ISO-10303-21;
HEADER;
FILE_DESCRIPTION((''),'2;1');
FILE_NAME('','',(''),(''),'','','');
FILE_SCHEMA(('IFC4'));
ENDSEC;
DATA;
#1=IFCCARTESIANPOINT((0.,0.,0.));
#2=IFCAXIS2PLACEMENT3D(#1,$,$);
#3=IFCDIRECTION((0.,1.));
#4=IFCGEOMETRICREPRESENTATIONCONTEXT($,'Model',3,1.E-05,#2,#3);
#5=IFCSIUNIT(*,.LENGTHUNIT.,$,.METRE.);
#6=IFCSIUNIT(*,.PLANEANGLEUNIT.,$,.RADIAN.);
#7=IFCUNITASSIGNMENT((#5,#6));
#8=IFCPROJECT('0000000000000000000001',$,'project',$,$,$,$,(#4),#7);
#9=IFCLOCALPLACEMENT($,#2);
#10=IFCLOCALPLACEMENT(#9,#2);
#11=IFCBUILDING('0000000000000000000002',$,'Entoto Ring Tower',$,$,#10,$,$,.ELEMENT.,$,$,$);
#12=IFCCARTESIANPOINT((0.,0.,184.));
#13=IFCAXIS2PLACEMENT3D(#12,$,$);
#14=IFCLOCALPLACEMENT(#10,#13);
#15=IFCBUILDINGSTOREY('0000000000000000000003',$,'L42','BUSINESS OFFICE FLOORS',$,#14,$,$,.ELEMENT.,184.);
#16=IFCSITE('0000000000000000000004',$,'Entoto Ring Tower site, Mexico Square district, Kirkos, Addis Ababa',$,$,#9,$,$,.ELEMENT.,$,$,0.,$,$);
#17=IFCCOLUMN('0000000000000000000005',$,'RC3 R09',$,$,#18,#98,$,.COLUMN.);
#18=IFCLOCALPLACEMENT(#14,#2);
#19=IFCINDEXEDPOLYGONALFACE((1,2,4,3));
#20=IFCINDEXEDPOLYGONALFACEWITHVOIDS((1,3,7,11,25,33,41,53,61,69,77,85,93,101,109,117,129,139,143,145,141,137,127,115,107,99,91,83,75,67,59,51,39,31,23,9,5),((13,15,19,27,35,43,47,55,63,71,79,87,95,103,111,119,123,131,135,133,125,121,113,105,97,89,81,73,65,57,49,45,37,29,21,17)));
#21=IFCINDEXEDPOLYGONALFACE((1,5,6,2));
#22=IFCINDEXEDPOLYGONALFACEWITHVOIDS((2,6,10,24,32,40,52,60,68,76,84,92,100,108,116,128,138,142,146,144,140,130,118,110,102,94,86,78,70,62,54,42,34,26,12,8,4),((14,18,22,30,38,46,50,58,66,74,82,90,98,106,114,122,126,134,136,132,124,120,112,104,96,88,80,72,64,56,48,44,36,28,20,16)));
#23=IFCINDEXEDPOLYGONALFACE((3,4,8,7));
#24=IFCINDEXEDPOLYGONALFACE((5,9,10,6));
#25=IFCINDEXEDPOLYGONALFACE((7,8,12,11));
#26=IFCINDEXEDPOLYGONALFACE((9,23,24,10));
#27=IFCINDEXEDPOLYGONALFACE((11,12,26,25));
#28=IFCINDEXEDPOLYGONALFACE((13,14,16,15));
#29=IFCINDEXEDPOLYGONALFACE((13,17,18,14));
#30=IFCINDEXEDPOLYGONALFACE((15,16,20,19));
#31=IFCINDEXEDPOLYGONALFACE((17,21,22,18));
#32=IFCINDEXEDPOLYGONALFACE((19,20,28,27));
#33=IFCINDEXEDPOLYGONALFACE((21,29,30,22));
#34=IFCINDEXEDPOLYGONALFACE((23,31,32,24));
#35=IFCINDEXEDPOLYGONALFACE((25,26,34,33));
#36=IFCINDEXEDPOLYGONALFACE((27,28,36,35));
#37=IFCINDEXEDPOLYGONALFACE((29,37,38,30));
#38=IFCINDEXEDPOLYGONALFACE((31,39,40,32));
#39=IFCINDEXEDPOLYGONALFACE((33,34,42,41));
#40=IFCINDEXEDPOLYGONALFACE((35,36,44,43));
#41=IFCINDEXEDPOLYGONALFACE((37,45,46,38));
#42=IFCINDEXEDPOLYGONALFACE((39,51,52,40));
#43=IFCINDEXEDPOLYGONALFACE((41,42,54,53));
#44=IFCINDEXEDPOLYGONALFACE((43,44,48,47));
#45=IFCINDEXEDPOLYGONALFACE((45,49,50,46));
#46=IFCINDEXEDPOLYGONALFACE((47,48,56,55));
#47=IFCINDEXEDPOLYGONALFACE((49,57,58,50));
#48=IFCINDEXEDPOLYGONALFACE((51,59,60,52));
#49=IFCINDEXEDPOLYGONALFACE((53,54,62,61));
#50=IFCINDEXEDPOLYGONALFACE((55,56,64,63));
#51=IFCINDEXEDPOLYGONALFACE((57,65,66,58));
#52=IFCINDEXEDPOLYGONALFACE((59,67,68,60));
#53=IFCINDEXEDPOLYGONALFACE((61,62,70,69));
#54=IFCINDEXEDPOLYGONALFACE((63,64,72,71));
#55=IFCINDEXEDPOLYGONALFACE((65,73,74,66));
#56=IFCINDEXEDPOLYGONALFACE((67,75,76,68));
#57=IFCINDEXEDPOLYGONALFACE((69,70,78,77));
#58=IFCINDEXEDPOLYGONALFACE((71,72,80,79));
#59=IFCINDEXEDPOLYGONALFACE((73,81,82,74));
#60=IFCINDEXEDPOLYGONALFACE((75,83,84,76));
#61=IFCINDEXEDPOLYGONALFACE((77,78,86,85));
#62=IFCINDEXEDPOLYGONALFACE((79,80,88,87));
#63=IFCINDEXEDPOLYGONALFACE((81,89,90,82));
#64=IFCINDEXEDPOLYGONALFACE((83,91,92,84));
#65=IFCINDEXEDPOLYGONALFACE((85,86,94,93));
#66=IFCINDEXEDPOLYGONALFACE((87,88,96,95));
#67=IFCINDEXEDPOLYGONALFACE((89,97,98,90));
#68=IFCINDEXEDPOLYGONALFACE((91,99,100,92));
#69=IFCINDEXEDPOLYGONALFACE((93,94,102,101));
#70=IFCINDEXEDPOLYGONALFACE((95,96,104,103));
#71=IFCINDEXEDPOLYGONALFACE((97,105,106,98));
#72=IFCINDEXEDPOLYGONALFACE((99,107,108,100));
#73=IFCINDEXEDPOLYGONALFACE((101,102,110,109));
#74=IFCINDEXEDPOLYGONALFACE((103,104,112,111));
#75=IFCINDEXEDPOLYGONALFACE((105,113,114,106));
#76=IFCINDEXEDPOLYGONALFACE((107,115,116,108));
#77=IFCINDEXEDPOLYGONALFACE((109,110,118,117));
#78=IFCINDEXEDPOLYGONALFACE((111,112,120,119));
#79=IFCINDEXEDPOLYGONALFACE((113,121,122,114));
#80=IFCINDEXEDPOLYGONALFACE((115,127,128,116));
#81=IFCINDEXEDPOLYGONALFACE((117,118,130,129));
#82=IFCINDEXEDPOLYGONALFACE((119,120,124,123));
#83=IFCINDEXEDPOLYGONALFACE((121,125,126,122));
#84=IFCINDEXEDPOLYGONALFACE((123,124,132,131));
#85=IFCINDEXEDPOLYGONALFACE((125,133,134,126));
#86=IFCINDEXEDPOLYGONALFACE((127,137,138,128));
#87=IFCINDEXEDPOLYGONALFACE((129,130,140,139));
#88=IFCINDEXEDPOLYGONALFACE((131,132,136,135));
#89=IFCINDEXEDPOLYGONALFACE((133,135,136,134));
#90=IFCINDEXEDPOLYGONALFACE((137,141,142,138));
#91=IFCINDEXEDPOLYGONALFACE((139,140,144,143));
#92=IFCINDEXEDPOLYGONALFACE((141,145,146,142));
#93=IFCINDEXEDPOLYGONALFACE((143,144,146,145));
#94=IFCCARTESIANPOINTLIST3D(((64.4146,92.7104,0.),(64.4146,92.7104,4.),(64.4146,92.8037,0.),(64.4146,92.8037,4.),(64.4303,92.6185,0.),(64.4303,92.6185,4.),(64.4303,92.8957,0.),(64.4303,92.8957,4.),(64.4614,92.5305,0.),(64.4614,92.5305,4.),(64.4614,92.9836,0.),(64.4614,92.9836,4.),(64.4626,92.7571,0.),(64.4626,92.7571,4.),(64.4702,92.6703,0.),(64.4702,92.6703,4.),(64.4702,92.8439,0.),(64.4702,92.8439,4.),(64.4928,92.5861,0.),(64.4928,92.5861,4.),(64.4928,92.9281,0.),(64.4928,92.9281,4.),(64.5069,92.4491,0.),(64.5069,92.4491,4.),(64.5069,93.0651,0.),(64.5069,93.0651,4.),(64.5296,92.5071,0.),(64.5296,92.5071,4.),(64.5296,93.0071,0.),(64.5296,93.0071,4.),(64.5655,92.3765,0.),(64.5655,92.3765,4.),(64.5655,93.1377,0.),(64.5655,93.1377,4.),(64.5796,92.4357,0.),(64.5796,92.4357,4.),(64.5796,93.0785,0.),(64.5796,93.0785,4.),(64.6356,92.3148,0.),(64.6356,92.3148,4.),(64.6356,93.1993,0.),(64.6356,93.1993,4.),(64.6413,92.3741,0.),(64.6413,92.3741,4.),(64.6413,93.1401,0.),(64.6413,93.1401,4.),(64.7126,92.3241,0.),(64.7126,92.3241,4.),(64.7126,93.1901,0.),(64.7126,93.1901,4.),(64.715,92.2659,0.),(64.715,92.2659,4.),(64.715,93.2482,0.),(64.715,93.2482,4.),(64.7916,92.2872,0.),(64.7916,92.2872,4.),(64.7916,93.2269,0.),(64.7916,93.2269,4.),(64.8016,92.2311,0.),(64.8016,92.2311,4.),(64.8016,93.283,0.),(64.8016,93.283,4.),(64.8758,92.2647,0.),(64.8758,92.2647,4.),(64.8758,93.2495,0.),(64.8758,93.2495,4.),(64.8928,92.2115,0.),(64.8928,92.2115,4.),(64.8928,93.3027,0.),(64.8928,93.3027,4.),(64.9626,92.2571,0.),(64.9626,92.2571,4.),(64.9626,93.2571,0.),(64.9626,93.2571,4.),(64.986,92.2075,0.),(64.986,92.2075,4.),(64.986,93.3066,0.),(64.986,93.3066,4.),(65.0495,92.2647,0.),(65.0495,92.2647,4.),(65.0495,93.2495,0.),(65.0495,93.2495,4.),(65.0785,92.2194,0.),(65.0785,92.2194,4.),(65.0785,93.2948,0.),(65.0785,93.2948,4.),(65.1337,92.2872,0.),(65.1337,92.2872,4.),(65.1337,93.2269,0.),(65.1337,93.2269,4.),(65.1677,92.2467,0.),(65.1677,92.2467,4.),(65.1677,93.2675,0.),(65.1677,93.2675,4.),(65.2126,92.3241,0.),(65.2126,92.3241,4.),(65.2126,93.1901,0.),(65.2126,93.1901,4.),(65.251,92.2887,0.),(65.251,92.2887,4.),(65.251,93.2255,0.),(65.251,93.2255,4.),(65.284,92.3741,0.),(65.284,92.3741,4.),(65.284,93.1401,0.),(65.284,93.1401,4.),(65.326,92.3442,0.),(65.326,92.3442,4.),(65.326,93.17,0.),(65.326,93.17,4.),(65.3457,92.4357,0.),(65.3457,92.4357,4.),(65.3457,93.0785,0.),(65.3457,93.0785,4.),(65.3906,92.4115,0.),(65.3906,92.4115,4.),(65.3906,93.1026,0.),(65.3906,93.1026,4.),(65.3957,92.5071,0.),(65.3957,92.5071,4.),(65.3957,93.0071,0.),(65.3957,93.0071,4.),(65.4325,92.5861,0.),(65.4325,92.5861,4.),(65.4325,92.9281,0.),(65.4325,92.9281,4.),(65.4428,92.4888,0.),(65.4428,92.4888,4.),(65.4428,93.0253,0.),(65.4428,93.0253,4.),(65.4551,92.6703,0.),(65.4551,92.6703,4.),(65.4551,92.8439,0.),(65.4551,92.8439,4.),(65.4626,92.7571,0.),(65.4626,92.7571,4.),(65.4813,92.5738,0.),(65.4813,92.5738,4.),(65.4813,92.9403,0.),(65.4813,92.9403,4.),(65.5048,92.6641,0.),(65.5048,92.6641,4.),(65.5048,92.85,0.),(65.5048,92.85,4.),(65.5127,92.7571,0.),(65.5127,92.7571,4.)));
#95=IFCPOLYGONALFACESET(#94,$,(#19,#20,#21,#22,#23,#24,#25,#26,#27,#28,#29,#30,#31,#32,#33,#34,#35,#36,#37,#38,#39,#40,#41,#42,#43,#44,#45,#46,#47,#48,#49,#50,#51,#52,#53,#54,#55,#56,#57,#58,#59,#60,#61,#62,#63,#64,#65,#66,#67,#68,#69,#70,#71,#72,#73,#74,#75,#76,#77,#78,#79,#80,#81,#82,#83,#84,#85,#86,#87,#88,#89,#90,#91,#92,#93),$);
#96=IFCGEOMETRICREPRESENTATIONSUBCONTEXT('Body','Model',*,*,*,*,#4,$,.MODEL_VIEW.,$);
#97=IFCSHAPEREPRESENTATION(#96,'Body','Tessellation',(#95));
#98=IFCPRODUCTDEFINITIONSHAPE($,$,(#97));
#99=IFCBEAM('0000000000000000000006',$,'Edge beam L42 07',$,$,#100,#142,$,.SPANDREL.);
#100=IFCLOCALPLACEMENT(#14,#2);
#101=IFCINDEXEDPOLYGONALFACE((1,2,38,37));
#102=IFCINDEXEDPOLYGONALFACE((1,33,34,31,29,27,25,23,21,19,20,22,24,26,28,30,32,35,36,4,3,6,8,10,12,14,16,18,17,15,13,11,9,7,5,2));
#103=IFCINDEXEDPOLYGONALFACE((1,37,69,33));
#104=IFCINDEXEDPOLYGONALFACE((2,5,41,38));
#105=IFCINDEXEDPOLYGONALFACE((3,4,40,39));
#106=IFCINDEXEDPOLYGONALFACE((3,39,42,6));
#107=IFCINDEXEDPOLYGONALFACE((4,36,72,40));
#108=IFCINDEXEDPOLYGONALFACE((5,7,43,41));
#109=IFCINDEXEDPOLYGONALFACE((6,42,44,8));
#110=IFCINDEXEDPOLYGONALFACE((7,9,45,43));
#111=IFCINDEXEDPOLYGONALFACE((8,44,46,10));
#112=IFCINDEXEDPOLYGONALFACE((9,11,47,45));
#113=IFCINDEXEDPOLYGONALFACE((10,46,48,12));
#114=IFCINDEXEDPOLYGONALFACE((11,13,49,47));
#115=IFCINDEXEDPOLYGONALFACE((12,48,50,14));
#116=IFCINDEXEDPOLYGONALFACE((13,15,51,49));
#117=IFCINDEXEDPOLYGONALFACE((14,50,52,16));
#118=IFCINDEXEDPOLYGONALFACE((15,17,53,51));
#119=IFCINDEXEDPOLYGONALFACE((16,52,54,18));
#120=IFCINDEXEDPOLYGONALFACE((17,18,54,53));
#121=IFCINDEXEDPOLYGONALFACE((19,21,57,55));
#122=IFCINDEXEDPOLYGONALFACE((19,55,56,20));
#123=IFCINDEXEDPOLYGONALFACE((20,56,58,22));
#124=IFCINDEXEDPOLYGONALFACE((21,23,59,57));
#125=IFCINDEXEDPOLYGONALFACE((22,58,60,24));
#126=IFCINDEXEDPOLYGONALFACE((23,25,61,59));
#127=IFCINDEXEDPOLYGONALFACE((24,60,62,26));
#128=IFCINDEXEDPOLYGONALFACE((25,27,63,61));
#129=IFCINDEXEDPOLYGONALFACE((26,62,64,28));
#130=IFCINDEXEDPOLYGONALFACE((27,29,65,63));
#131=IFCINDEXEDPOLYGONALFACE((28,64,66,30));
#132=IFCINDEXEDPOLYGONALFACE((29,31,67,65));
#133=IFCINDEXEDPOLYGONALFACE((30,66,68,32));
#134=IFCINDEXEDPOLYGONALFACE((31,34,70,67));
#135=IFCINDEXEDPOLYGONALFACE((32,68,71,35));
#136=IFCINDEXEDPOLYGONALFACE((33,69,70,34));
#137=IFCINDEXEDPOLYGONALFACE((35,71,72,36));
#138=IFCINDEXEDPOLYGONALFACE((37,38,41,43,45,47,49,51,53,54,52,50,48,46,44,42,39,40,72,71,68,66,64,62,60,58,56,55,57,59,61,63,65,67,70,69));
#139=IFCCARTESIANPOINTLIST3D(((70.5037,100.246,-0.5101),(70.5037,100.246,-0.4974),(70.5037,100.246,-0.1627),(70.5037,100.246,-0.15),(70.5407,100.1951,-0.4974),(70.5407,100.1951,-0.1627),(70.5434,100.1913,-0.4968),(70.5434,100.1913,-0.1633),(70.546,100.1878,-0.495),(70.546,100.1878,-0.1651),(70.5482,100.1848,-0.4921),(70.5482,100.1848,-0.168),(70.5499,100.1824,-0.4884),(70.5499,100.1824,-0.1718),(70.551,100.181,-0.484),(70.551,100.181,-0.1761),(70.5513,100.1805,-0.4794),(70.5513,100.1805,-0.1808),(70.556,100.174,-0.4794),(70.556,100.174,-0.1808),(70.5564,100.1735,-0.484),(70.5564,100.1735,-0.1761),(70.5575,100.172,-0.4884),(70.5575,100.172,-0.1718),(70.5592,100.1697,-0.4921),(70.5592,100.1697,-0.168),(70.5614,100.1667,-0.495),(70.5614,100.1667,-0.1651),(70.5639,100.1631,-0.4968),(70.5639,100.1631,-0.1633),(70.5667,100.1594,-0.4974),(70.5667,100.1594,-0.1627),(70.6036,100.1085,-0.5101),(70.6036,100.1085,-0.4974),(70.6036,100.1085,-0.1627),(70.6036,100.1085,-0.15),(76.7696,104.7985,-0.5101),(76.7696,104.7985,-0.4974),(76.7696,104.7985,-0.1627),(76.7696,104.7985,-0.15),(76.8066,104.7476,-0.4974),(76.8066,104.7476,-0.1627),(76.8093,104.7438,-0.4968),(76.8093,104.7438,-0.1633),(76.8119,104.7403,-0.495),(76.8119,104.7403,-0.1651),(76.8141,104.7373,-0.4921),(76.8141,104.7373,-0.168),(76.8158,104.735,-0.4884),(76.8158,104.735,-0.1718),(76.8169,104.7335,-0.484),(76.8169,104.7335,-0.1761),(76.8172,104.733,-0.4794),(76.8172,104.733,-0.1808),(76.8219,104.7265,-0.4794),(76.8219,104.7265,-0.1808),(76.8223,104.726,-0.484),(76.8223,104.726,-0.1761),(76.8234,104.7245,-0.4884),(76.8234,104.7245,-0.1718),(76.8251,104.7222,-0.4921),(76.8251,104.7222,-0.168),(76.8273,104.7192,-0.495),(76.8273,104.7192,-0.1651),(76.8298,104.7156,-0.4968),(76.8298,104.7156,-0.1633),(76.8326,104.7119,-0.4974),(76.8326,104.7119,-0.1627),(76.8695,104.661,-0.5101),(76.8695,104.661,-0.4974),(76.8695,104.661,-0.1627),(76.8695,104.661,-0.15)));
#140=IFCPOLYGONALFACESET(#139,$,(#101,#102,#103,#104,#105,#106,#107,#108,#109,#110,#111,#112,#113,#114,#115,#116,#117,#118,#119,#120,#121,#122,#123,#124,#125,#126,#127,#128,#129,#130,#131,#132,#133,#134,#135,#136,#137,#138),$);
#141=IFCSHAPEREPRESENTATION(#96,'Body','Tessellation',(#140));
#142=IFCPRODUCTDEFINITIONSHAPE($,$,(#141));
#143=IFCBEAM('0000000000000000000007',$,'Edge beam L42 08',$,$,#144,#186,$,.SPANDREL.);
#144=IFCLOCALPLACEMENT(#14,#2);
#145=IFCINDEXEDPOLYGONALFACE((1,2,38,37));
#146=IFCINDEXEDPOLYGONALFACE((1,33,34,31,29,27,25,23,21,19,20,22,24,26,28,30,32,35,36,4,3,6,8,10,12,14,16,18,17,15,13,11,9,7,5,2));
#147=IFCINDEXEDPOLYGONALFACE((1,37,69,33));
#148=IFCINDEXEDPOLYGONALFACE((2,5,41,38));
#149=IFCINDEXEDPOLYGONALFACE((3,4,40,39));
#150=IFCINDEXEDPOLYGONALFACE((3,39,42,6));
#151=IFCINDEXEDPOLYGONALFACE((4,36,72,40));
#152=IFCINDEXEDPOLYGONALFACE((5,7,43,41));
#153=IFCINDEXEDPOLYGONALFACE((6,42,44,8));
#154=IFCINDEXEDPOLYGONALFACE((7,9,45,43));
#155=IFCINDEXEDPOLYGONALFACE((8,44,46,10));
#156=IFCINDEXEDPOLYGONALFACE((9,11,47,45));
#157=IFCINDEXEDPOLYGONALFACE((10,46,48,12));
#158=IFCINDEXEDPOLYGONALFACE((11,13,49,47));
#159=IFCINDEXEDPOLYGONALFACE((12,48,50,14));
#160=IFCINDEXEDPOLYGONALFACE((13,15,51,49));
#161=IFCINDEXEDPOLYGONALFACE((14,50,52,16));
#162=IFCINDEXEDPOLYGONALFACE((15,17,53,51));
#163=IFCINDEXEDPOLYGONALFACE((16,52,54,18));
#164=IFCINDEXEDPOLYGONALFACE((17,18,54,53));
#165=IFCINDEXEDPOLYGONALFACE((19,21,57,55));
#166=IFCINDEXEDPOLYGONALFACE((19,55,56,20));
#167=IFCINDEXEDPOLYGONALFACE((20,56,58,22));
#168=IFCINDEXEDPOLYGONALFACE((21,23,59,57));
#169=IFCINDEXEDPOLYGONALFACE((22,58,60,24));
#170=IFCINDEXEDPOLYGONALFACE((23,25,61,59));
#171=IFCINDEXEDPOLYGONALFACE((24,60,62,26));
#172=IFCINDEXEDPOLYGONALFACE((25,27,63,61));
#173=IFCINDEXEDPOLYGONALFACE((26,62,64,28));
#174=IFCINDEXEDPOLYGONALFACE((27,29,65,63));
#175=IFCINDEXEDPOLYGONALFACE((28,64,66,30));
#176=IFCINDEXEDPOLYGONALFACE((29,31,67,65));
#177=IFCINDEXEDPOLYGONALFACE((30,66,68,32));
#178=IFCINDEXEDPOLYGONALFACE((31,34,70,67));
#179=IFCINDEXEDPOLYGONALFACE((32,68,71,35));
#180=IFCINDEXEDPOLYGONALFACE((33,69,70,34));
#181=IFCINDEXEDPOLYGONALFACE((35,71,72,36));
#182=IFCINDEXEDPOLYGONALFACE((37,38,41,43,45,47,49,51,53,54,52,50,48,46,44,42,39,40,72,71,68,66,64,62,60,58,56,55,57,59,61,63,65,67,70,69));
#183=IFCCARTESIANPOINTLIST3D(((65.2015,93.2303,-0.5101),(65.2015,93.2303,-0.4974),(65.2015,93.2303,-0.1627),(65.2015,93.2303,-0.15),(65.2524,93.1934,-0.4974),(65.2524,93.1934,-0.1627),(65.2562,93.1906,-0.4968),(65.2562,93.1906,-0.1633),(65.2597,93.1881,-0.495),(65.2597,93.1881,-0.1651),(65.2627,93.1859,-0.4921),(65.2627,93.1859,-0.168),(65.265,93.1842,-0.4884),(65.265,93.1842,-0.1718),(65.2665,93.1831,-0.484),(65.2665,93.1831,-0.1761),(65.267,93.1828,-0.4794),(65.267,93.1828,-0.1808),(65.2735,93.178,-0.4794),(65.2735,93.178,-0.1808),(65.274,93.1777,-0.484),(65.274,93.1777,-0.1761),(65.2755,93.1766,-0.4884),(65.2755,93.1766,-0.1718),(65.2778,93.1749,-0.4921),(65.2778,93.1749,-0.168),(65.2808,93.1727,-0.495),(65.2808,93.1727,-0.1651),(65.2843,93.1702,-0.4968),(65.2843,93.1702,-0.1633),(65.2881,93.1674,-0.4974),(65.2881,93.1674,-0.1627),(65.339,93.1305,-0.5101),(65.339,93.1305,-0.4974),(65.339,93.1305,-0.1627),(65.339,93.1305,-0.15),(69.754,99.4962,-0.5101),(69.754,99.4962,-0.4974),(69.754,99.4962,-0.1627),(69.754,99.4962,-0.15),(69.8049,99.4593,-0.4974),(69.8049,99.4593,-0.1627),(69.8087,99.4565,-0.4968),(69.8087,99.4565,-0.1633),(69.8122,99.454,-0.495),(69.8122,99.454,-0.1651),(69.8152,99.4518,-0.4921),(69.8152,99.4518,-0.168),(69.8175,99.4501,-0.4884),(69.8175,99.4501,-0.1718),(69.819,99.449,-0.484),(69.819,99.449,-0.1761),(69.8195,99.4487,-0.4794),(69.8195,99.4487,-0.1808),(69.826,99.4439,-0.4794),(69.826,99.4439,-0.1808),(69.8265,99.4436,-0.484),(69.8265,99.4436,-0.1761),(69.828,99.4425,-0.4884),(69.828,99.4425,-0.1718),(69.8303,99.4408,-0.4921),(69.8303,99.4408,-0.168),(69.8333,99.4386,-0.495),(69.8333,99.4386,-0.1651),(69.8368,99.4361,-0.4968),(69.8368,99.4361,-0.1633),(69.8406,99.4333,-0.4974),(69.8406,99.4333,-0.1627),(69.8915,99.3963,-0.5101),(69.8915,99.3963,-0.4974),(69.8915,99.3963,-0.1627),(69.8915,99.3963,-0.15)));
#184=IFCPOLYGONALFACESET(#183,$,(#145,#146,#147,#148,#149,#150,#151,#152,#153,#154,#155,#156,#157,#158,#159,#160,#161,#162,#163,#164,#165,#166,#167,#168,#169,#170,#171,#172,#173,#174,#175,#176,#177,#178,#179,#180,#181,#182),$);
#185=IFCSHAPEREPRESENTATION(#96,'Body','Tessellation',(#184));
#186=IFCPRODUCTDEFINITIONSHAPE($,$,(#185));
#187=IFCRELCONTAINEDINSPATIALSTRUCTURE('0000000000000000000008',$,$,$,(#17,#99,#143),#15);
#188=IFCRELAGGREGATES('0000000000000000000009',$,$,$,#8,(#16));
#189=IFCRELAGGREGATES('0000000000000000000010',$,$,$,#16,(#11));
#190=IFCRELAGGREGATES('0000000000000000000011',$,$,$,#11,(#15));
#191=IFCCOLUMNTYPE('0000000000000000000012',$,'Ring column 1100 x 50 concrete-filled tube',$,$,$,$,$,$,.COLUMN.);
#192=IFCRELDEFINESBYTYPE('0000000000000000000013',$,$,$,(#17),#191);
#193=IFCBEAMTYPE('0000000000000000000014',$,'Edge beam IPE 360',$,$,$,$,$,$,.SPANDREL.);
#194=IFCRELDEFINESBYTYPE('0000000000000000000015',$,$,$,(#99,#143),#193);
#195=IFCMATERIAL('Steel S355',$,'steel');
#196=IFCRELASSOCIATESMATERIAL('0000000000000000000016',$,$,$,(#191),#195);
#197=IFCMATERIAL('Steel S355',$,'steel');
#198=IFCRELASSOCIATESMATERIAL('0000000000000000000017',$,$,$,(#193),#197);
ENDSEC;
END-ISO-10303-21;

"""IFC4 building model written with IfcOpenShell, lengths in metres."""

from ifc_helpers import new_model, si_unit, direction, frame, origin, origin_2d, place, context, subcontext, project, spatial, circle, hollow_circle, i_section, extrude, material, material_profile, profile_set, type_object, element, save


model = new_model("IFC4")

# Units and contexts
model_context = context("Model", 3, precision=1e-05, world=origin(), true_north=direction((0.0, 1.0)))
body_context = subcontext(model_context, "Body", "Model", "MODEL_VIEW")
ifc_project = project(units=[si_unit("LENGTHUNIT", "METRE"), si_unit("PLANEANGLEUNIT", "RADIAN")], contexts=[model_context])

# Site, building, storey
site_placement = place(None, origin())
site = spatial("IfcSite", under=ifc_project, at=site_placement, Name="Entoto Ring Tower site, Mexico Square district, Kirkos, Addis Ababa", CompositionType="ELEMENT", RefElevation=0.0)
building_placement = place(site_placement, origin())
building = spatial("IfcBuilding", under=site, at=building_placement, Name="Entoto Ring Tower", CompositionType="ELEMENT")
storey_placement = place(building_placement, frame((0.0, 0.0, 184.0)))
storey = spatial("IfcBuildingStorey", under=building, at=storey_placement, Name="L42", Description="BUSINESS OFFICE FLOORS", CompositionType="ELEMENT", Elevation=184.0)

# Column
ifc_material_1 = material(Name="Steel S355", Category="steel")
ifc_material_profile_1 = material_profile(ifc_material_1, hollow_circle(Radius=0.55, WallThickness=0.05, at=origin_2d()), Name="CHS 1100 x 50")
ifc_material_2 = material(Name="Concrete C60/75", Category="concrete")
ifc_material_profile_2 = material_profile(ifc_material_2, circle(Radius=0.5, at=origin_2d()), Name="Concrete C60/75 infill")
ifc_profile_set_1 = profile_set([ifc_material_profile_1, ifc_material_profile_2], Name="Steel S355")
column_type = type_object("IfcColumnType", Name="Ring column 1100 x 50 concrete-filled tube", PredefinedType="COLUMN", material=ifc_profile_set_1)
for number, where, z_axis, x_axis, name in (
    (1, (64.9626, 92.7571, 0.0), (0.0, 0.0, 1.0), (1.0, 0.0, 0.0), "RC3 R09"),
):
    element("IfcColumn", number, at=place(storey_placement, frame(where, z_axis=z_axis, x_axis=x_axis)), inside=storey, type_object=column_type, Name=name, PredefinedType="COLUMN", context=body_context, shape_type="SweptSolid", body=[
        extrude(hollow_circle(Radius=0.55, WallThickness=0.05, at=origin_2d()), origin(), (0.0, 0.0, 1.0), 4.0),
    ])

# Beams
ifc_material_3 = material(Name="Steel S355", Category="steel")
ifc_material_profile_3 = material_profile(ifc_material_3, i_section(OverallWidth=0.1699, OverallDepth=0.3601, WebThickness=0.0081, FlangeThickness=0.0127, FilletRadius=0.0181, at=origin_2d()), Name="IPE 360")
ifc_profile_set_2 = profile_set([ifc_material_profile_3], Name="Steel S355")
beam_type_1 = type_object("IfcBeamType", Name="Edge beam IPE 360", PredefinedType="SPANDREL", material=ifc_profile_set_2)
for number, where, z_axis, x_axis, name in (
    (2, (76.8196, 104.7297, -0.3301), (-0.809013, -0.587791, 0.0), (0.587791, -0.809013, 0.0), "Edge beam L42 07"),
    (3, (69.8228, 99.4463, -0.3301), (-0.587791, -0.809013, 0.0), (0.809013, -0.587791, 0.0), "Edge beam L42 08"),
):
    element("IfcBeam", number, at=place(storey_placement, frame(where, z_axis=z_axis, x_axis=x_axis)), inside=storey, type_object=beam_type_1, Name=name, PredefinedType="SPANDREL", context=body_context, shape_type="SweptSolid", body=[
        extrude(i_section(OverallWidth=0.1699, OverallDepth=0.3601, WebThickness=0.0081, FlangeThickness=0.0127, FilletRadius=0.0181, at=origin_2d()), origin(), (0.0, 0.0, 1.0), 7.7451),
    ])

save(model, "model.ifc")
